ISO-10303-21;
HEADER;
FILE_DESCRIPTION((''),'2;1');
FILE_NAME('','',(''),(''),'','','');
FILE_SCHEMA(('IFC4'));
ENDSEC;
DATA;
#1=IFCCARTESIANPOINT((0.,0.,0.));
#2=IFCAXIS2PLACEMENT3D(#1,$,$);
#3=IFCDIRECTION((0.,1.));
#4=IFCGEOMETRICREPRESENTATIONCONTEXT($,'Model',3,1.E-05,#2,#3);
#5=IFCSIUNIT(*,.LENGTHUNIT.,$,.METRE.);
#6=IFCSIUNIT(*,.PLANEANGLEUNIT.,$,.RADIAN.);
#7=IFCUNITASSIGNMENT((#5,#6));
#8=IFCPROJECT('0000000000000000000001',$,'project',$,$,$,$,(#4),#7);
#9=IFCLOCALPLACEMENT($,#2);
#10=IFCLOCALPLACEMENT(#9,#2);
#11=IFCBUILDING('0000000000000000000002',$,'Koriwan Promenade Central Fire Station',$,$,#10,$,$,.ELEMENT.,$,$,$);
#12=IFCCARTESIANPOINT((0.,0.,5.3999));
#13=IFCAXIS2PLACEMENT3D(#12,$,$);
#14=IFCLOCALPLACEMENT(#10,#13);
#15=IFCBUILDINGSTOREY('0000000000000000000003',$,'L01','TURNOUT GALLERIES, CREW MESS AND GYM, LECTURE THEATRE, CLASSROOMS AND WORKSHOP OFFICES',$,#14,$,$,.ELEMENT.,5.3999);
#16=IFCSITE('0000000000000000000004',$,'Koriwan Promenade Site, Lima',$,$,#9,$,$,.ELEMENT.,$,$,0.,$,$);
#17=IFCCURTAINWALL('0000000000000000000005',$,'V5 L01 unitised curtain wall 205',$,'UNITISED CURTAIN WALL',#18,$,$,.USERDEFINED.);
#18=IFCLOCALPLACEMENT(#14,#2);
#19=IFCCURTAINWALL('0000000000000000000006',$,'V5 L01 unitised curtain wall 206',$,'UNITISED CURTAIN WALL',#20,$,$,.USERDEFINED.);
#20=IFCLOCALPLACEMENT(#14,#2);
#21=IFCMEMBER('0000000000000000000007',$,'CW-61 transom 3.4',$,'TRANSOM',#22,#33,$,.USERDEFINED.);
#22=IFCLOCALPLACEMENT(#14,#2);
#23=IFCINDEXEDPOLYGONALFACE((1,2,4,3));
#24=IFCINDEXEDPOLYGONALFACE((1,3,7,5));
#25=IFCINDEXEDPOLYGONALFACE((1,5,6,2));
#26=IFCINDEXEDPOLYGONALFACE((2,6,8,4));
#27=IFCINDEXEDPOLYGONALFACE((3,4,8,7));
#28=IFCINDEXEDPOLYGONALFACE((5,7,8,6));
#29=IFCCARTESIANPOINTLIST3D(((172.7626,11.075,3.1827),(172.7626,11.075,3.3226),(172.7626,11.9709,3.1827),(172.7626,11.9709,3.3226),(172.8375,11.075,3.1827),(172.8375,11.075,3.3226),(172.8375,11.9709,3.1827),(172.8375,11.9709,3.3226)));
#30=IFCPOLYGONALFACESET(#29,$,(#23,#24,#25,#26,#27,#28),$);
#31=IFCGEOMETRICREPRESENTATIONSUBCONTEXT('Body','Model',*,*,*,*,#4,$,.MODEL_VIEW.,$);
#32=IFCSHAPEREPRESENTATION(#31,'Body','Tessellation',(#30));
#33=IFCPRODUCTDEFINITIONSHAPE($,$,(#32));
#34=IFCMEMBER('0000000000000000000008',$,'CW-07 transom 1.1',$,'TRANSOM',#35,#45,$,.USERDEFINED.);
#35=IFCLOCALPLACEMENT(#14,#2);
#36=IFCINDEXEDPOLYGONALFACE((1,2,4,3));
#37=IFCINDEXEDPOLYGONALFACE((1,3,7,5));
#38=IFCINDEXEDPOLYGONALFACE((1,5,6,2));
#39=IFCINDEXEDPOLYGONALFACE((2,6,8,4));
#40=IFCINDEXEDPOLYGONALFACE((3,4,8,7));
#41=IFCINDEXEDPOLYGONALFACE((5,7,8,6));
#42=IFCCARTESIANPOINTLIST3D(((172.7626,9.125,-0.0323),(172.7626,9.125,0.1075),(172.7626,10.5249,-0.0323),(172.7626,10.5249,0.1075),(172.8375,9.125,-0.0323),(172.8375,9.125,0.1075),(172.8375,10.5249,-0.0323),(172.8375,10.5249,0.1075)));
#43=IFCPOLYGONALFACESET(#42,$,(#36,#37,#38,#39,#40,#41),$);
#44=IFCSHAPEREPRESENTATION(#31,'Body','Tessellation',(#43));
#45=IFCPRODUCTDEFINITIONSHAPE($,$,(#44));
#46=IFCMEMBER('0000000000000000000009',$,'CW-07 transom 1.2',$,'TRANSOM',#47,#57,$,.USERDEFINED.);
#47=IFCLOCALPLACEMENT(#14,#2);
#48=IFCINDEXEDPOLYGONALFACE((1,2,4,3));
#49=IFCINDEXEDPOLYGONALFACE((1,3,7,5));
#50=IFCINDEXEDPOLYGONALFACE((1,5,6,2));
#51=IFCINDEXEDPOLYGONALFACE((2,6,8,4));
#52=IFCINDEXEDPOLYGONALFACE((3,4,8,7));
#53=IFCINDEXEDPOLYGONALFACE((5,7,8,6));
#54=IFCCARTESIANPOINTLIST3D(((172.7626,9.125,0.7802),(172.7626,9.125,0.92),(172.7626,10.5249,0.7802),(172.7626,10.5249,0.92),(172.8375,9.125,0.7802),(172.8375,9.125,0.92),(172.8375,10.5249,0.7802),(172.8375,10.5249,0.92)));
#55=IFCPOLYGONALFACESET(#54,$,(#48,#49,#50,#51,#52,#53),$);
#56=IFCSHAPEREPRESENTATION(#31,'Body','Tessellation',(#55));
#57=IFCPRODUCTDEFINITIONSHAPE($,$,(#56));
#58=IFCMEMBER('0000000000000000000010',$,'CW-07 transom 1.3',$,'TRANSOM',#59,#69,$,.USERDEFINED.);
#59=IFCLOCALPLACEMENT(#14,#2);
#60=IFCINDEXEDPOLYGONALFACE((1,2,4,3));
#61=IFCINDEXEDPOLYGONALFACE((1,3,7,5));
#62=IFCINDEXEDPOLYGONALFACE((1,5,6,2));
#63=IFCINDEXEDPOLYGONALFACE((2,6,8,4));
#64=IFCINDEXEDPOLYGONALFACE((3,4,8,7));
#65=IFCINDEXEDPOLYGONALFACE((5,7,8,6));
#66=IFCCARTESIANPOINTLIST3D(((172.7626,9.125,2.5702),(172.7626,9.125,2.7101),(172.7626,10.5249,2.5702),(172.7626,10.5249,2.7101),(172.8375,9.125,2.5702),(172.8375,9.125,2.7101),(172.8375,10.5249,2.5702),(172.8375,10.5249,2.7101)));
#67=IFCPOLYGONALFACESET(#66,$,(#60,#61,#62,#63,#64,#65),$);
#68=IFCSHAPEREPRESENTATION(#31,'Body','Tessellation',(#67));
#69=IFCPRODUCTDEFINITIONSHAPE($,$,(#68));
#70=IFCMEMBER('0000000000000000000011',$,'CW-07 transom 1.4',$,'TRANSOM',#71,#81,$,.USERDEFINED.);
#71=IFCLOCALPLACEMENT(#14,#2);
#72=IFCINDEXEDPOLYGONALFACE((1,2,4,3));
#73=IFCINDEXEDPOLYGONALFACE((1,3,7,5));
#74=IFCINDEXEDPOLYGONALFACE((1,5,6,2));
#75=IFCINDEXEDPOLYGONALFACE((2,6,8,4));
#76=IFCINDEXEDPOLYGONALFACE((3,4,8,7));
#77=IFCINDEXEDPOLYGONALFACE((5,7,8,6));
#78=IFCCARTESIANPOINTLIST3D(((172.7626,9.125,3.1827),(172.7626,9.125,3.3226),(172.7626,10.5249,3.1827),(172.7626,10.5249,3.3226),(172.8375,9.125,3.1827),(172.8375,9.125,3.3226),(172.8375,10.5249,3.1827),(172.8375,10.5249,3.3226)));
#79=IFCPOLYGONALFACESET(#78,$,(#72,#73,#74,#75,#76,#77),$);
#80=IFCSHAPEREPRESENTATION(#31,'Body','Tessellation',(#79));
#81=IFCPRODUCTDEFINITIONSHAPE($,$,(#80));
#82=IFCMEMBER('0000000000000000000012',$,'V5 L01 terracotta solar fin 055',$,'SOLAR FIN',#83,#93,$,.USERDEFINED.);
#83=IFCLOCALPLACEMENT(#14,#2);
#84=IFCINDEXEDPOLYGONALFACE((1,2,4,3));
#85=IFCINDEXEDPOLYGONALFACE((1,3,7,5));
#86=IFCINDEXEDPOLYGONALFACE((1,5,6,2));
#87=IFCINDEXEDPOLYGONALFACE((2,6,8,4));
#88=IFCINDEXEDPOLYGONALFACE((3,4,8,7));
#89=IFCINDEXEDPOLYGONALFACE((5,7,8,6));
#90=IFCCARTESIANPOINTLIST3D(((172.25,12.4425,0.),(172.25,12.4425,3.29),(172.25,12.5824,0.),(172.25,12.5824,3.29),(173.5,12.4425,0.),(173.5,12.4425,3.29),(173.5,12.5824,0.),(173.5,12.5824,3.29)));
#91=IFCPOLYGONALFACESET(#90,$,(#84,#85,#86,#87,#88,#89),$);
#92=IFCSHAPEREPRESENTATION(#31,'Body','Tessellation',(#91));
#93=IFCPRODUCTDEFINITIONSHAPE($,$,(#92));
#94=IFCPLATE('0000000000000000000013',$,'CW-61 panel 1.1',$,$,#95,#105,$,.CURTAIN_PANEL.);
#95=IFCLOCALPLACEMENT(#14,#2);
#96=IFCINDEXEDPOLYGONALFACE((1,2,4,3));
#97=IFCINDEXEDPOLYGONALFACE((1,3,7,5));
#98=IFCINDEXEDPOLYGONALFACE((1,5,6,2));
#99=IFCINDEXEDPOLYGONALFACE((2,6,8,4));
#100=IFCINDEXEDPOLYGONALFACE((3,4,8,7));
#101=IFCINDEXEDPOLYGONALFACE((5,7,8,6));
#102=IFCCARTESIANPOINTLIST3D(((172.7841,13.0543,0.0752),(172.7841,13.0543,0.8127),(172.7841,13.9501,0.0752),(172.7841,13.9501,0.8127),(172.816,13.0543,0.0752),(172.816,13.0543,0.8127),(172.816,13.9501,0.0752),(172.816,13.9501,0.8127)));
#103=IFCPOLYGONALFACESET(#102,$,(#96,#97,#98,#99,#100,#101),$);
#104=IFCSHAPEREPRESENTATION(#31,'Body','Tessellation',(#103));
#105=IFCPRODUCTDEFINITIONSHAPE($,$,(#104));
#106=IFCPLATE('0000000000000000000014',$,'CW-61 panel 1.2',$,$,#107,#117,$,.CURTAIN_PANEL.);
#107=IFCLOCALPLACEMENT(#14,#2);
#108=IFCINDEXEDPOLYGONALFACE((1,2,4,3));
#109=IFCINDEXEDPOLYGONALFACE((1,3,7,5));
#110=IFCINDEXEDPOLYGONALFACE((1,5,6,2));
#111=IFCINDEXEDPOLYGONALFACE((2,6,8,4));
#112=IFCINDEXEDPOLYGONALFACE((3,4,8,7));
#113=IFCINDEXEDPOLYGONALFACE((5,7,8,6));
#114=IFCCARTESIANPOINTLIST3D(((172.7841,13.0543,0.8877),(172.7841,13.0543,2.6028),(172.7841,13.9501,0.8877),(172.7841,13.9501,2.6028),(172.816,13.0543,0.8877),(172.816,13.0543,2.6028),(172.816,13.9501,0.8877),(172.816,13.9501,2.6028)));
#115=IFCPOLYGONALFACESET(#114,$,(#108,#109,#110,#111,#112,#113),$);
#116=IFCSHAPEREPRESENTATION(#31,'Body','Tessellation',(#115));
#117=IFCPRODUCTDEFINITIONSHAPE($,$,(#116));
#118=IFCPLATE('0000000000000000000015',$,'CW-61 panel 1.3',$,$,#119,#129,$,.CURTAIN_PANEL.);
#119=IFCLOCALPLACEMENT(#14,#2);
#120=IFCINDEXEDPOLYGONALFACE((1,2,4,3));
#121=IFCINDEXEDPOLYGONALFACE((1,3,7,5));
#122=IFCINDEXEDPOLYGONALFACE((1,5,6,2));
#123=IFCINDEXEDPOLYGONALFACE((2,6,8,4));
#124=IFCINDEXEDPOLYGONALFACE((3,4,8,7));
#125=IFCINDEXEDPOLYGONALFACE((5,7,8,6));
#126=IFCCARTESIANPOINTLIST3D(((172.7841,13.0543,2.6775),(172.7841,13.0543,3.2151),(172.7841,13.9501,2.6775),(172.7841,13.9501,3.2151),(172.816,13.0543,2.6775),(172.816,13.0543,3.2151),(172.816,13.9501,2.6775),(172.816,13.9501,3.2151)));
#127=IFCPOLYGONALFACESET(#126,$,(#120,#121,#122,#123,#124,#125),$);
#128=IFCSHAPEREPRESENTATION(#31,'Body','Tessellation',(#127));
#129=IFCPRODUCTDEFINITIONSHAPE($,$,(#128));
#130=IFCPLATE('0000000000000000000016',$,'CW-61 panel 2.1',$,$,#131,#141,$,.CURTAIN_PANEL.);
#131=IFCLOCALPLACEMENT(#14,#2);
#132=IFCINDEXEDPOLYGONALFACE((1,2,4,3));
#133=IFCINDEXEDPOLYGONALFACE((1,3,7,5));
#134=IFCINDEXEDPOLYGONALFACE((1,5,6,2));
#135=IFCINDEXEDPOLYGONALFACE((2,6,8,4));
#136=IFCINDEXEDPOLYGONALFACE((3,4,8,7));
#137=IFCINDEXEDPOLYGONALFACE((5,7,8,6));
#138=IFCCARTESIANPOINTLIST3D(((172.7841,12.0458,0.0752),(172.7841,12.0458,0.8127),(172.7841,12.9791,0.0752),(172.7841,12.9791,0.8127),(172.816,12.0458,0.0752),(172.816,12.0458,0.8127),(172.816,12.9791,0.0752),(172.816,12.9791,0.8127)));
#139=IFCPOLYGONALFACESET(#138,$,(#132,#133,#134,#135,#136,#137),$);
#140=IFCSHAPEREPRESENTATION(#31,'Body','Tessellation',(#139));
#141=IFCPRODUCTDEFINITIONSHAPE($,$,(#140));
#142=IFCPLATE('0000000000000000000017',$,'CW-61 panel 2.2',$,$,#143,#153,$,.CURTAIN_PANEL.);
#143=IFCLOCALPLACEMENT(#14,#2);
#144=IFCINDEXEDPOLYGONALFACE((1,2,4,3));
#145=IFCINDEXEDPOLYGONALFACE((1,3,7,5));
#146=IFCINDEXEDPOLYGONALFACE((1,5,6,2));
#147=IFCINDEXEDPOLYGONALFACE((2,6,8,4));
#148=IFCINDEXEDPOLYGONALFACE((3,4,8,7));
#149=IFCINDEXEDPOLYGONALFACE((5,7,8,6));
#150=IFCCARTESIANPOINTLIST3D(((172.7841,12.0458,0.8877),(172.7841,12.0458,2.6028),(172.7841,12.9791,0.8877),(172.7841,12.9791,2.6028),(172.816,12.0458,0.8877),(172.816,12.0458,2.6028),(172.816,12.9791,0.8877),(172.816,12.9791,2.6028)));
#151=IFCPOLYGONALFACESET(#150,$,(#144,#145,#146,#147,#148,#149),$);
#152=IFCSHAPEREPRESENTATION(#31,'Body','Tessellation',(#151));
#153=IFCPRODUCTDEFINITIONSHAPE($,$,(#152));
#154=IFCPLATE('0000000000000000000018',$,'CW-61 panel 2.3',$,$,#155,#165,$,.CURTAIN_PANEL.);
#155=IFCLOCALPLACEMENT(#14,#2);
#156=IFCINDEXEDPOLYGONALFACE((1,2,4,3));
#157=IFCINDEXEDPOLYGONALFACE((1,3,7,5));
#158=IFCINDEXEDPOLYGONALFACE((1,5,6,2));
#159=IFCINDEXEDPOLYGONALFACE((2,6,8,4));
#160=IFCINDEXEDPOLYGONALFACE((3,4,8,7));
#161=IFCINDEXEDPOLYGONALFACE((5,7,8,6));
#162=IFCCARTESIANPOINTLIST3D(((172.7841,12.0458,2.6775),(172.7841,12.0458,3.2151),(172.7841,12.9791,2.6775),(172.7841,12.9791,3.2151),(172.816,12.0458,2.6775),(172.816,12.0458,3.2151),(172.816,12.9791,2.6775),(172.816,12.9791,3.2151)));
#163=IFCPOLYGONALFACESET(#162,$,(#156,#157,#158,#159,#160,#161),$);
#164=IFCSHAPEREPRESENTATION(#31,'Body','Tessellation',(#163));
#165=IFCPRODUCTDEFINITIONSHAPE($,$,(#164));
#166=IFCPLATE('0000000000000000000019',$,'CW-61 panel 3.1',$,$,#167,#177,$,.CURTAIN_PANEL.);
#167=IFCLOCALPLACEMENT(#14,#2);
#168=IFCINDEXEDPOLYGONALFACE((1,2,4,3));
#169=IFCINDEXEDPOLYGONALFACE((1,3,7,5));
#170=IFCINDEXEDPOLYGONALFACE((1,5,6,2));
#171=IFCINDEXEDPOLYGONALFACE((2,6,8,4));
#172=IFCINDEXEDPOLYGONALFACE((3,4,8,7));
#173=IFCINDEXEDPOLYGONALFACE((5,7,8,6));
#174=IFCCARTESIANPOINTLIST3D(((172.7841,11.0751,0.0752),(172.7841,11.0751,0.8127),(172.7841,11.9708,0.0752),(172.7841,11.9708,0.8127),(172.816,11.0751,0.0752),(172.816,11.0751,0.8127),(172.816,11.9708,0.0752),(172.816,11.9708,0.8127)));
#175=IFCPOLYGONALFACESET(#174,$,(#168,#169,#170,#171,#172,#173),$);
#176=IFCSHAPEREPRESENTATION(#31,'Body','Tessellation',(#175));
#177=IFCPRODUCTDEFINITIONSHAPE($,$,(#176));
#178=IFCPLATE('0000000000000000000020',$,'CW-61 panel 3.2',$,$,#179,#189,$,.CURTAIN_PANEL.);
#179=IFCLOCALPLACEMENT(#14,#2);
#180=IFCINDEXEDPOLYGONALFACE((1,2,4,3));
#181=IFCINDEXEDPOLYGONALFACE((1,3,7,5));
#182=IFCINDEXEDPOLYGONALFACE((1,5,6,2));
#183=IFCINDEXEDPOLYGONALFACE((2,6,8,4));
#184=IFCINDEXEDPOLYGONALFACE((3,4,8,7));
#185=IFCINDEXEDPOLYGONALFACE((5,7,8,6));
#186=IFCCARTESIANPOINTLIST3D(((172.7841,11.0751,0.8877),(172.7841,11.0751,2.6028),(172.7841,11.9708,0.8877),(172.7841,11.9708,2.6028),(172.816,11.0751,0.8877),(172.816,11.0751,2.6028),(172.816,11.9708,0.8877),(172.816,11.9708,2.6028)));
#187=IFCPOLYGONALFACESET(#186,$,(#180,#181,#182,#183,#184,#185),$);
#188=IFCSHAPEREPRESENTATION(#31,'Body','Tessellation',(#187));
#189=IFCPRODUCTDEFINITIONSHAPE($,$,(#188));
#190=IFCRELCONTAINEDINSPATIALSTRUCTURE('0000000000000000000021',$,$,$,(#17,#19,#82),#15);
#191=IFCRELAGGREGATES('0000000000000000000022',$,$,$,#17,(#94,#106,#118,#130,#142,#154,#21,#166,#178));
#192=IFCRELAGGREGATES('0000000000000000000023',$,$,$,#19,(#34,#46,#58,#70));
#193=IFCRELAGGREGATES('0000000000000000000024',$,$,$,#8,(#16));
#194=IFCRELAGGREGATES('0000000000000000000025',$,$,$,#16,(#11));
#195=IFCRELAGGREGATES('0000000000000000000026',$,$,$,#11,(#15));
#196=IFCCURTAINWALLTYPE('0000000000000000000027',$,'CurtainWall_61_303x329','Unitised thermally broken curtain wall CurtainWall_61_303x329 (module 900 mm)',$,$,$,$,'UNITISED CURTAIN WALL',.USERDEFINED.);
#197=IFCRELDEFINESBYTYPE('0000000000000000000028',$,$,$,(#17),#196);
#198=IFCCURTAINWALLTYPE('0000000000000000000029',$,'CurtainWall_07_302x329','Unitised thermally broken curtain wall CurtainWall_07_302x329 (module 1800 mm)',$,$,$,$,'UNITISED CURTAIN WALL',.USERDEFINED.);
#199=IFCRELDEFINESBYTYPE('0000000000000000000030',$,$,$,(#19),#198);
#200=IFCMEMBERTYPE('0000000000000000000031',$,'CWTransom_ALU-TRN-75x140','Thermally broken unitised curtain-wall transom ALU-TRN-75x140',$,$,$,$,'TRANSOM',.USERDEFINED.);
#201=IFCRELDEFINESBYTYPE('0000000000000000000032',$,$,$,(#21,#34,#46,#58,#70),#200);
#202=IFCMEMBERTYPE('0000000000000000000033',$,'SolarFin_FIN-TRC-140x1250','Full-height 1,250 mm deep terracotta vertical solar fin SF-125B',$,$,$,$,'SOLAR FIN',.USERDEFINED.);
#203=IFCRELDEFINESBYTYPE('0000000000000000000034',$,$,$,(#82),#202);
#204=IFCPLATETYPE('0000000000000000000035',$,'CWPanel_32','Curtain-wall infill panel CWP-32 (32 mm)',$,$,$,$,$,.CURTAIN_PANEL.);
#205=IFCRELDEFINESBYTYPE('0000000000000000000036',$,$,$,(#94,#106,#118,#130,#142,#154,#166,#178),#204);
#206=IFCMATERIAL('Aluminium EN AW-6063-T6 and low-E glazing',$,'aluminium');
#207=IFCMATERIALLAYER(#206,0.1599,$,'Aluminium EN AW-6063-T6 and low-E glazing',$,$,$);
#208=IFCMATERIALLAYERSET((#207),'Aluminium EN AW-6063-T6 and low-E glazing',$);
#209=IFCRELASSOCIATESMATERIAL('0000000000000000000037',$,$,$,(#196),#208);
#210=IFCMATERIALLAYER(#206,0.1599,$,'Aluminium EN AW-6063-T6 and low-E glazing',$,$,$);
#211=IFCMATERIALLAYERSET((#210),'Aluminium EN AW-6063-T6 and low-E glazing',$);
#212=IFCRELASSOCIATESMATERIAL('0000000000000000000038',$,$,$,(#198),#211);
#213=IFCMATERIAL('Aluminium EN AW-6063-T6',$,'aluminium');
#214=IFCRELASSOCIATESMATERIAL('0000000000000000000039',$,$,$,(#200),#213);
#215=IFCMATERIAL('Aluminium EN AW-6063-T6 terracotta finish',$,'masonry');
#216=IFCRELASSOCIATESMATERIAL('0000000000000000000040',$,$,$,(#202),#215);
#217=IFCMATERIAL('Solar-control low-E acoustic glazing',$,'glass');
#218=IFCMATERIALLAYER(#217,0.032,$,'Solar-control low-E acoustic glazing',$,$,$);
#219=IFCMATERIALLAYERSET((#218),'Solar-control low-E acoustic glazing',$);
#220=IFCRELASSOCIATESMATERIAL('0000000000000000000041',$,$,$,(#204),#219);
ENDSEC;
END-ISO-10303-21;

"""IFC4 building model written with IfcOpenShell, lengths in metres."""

from ifc_helpers import new_model, si_unit, direction, frame, origin, origin_2d, place, context, subcontext, project, spatial, rectangle, extrude, material, layer, layer_set, material_profile, profile_set, type_object, element, aggregate, save


model = new_model("IFC4")

# Units and contexts
model_context = context("Model", 3, precision=1e-05, world=origin(), true_north=direction((0.0, 1.0)))
body_context = subcontext(model_context, "Body", "Model", "MODEL_VIEW")
ifc_project = project(units=[si_unit("LENGTHUNIT", "METRE"), si_unit("PLANEANGLEUNIT", "RADIAN")], contexts=[model_context])

# Site, building, storey
site_placement = place(None, origin())
site = spatial("IfcSite", under=ifc_project, at=site_placement, Name="Koriwan Promenade Site, Lima", CompositionType="ELEMENT", RefElevation=0.0)
building_placement = place(site_placement, origin())
building = spatial("IfcBuilding", under=site, at=building_placement, Name="Koriwan Promenade Central Fire Station", CompositionType="ELEMENT")
storey_placement = place(building_placement, frame((0.0, 0.0, 5.3999)))
storey = spatial("IfcBuildingStorey", under=building, at=storey_placement, Name="L01", Description="TURNOUT GALLERIES, CREW MESS AND GYM, LECTURE THEATRE, CLASSROOMS AND WORKSHOP OFFICES", CompositionType="ELEMENT", Elevation=5.3999)

# Curtain wall
ifc_material_1 = material(Name="Aluminium EN AW-6063-T6 and low-E glazing", Category="aluminium")
ifc_layer_1 = layer(ifc_material_1, 0.1599, Name="Aluminium EN AW-6063-T6 and low-E glazing")
ifc_layer_set_1 = layer_set([ifc_layer_1], Name="Aluminium EN AW-6063-T6 and low-E glazing")
curtain_wall_type_1 = type_object("IfcCurtainWallType", Name="CurtainWall_61_303x329", Description="Unitised thermally broken curtain wall CurtainWall_61_303x329 (module 900 mm)", ElementType="UNITISED CURTAIN WALL", PredefinedType="USERDEFINED", material=ifc_layer_set_1)
curtain_wall_1_placement = place(storey_placement, origin())
curtain_wall_1 = element("IfcCurtainWall", 1, at=curtain_wall_1_placement, inside=storey, type_object=curtain_wall_type_1, Name="V5 L01 unitised curtain wall 205", ObjectType="UNITISED CURTAIN WALL", PredefinedType="USERDEFINED")
ifc_material_2 = material(Name="Aluminium EN AW-6063-T6", Category="aluminium")

# Curtain wall
ifc_layer_2 = layer(ifc_material_1, 0.1599, Name="Aluminium EN AW-6063-T6 and low-E glazing")
ifc_layer_set_2 = layer_set([ifc_layer_2], Name="Aluminium EN AW-6063-T6 and low-E glazing")
curtain_wall_type_2 = type_object("IfcCurtainWallType", Name="CurtainWall_07_302x329", Description="Unitised thermally broken curtain wall CurtainWall_07_302x329 (module 1800 mm)", ElementType="UNITISED CURTAIN WALL", PredefinedType="USERDEFINED", material=ifc_layer_set_2)
curtain_wall_2_placement = place(storey_placement, origin())
curtain_wall_2 = element("IfcCurtainWall", 2, at=curtain_wall_2_placement, inside=storey, type_object=curtain_wall_type_2, Name="V5 L01 unitised curtain wall 206", ObjectType="UNITISED CURTAIN WALL", PredefinedType="USERDEFINED")

# Members
ifc_material_profile_1 = material_profile(ifc_material_2, rectangle(XDim=0.075, YDim=0.1399, at=origin_2d()), Name="ALU-TRN-75x140")
ifc_profile_set_1 = profile_set([ifc_material_profile_1], Name="Aluminium EN AW-6063-T6")
member_type_1 = type_object("IfcMemberType", Name="CWTransom_ALU-TRN-75x140", Description="Thermally broken unitised curtain-wall transom ALU-TRN-75x140", ElementType="TRANSOM", PredefinedType="USERDEFINED", material=ifc_profile_set_1)
member_1_placement = place(storey_placement, frame((172.8, 11.9709, 3.2527), z_axis=(0.0, -1.0, 0.0), x_axis=(1.0, 0.0, 0.0)))
member_1 = element("IfcMember", 3, at=member_1_placement, type_object=member_type_1, Name="CW-61 transom 3.4", ObjectType="TRANSOM", PredefinedType="USERDEFINED", context=body_context, shape_type="SweptSolid", body=[
    extrude(rectangle(XDim=0.075, YDim=0.1399, at=origin_2d()), origin(), (0.0, 0.0, 1.0), 0.896),
])
member_2_placement = place(storey_placement, frame((172.8, 10.5249, 0.0376), z_axis=(0.0, -1.0, 0.0), x_axis=(1.0, 0.0, 0.0)))
member_2 = element("IfcMember", 4, at=member_2_placement, type_object=member_type_1, Name="CW-07 transom 1.1", ObjectType="TRANSOM", PredefinedType="USERDEFINED", context=body_context, shape_type="SweptSolid", body=[
    extrude(rectangle(XDim=0.075, YDim=0.1399, at=origin_2d()), origin(), (0.0, 0.0, 1.0), 1.3999),
])
member_3_placement = place(storey_placement, frame((172.8, 10.5249, 0.8501), z_axis=(0.0, -1.0, 0.0), x_axis=(1.0, 0.0, 0.0)))
member_3 = element("IfcMember", 5, at=member_3_placement, type_object=member_type_1, Name="CW-07 transom 1.2", ObjectType="TRANSOM", PredefinedType="USERDEFINED", context=body_context, shape_type="SweptSolid", body=[
    extrude(rectangle(XDim=0.075, YDim=0.1399, at=origin_2d()), origin(), (0.0, 0.0, 1.0), 1.3999),
])
member_4_placement = place(storey_placement, frame((172.8, 10.5249, 2.6401), z_axis=(0.0, -1.0, 0.0), x_axis=(1.0, 0.0, 0.0)))
member_4 = element("IfcMember", 6, at=member_4_placement, type_object=member_type_1, Name="CW-07 transom 1.3", ObjectType="TRANSOM", PredefinedType="USERDEFINED", context=body_context, shape_type="SweptSolid", body=[
    extrude(rectangle(XDim=0.075, YDim=0.1399, at=origin_2d()), origin(), (0.0, 0.0, 1.0), 1.3999),
])
member_5_placement = place(storey_placement, frame((172.8, 10.5249, 3.2527), z_axis=(0.0, -1.0, 0.0), x_axis=(1.0, 0.0, 0.0)))
member_5 = element("IfcMember", 7, at=member_5_placement, type_object=member_type_1, Name="CW-07 transom 1.4", ObjectType="TRANSOM", PredefinedType="USERDEFINED", context=body_context, shape_type="SweptSolid", body=[
    extrude(rectangle(XDim=0.075, YDim=0.1399, at=origin_2d()), origin(), (0.0, 0.0, 1.0), 1.3999),
])
ifc_material_3 = material(Name="Aluminium EN AW-6063-T6 terracotta finish", Category="masonry")
ifc_material_profile_2 = material_profile(ifc_material_3, rectangle(XDim=0.1399, YDim=1.25, at=origin_2d()), Name="FIN-TRC-140x1250")
ifc_profile_set_2 = profile_set([ifc_material_profile_2], Name="Aluminium EN AW-6063-T6 terracotta finish")
member_type_2 = type_object("IfcMemberType", Name="SolarFin_FIN-TRC-140x1250", Description="Full-height 1,250 mm deep terracotta vertical solar fin SF-125B", ElementType="SOLAR FIN", PredefinedType="USERDEFINED", material=ifc_profile_set_2)
member_6_placement = place(storey_placement, frame((172.875, 12.5125, 0.0), z_axis=(0.0, 0.0, 1.0), x_axis=(0.0, -1.0, 0.0)))
element("IfcMember", 8, at=member_6_placement, inside=storey, type_object=member_type_2, Name="V5 L01 terracotta solar fin 055", ObjectType="SOLAR FIN", PredefinedType="USERDEFINED", context=body_context, shape_type="SweptSolid", body=[
    extrude(rectangle(XDim=0.1399, YDim=1.25, at=origin_2d()), origin(), (0.0, 0.0, 1.0), 3.29),
])

# Plates
ifc_material_4 = material(Name="Solar-control low-E acoustic glazing", Category="glass")
ifc_layer_3 = layer(ifc_material_4, 0.032, Name="Solar-control low-E acoustic glazing")
ifc_layer_set_3 = layer_set([ifc_layer_3], Name="Solar-control low-E acoustic glazing")
plate_type = type_object("IfcPlateType", Name="CWPanel_32", Description="Curtain-wall infill panel CWP-32 (32 mm)", PredefinedType="CURTAIN_PANEL", material=ifc_layer_set_3)
plate_1_placement = place(storey_placement, frame((172.8, 13.5022, 0.0752), z_axis=(0.0, 0.0, 1.0), x_axis=(0.0, -1.0, 0.0)))
plate_1 = element("IfcPlate", 9, at=plate_1_placement, type_object=plate_type, Name="CW-61 panel 1.1", PredefinedType="CURTAIN_PANEL", context=body_context, shape_type="SweptSolid", body=[
    extrude(rectangle(XDim=0.8958, YDim=0.032, at=origin_2d()), origin(), (0.0, 0.0, 1.0), 0.7375),
])
plate_2_placement = place(storey_placement, frame((172.8, 13.5022, 0.8877), z_axis=(0.0, 0.0, 1.0), x_axis=(0.0, -1.0, 0.0)))
plate_2 = element("IfcPlate", 10, at=plate_2_placement, type_object=plate_type, Name="CW-61 panel 1.2", PredefinedType="CURTAIN_PANEL", context=body_context, shape_type="SweptSolid", body=[
    extrude(rectangle(XDim=0.8958, YDim=0.032, at=origin_2d()), origin(), (0.0, 0.0, 1.0), 1.7151),
])
plate_3_placement = place(storey_placement, frame((172.8, 13.5022, 2.6775), z_axis=(0.0, 0.0, 1.0), x_axis=(0.0, -1.0, 0.0)))
plate_3 = element("IfcPlate", 11, at=plate_3_placement, type_object=plate_type, Name="CW-61 panel 1.3", PredefinedType="CURTAIN_PANEL", context=body_context, shape_type="SweptSolid", body=[
    extrude(rectangle(XDim=0.8958, YDim=0.032, at=origin_2d()), origin(), (0.0, 0.0, 1.0), 0.5376),
])
plate_4_placement = place(storey_placement, frame((172.8, 12.5125, 0.0752), z_axis=(0.0, 0.0, 1.0), x_axis=(0.0, -1.0, 0.0)))
plate_4 = element("IfcPlate", 12, at=plate_4_placement, type_object=plate_type, Name="CW-61 panel 2.1", PredefinedType="CURTAIN_PANEL", context=body_context, shape_type="SweptSolid", body=[
    extrude(rectangle(XDim=0.9333, YDim=0.032, at=origin_2d()), origin(), (0.0, 0.0, 1.0), 0.7375),
])
plate_5_placement = place(storey_placement, frame((172.8, 12.5125, 0.8877), z_axis=(0.0, 0.0, 1.0), x_axis=(0.0, -1.0, 0.0)))
plate_5 = element("IfcPlate", 13, at=plate_5_placement, type_object=plate_type, Name="CW-61 panel 2.2", PredefinedType="CURTAIN_PANEL", context=body_context, shape_type="SweptSolid", body=[
    extrude(rectangle(XDim=0.9333, YDim=0.032, at=origin_2d()), origin(), (0.0, 0.0, 1.0), 1.7151),
])
plate_6_placement = place(storey_placement, frame((172.8, 12.5125, 2.6775), z_axis=(0.0, 0.0, 1.0), x_axis=(0.0, -1.0, 0.0)))
plate_6 = element("IfcPlate", 14, at=plate_6_placement, type_object=plate_type, Name="CW-61 panel 2.3", PredefinedType="CURTAIN_PANEL", context=body_context, shape_type="SweptSolid", body=[
    extrude(rectangle(XDim=0.9333, YDim=0.032, at=origin_2d()), origin(), (0.0, 0.0, 1.0), 0.5376),
])
plate_7_placement = place(storey_placement, frame((172.8, 11.5229, 0.0752), z_axis=(0.0, 0.0, 1.0), x_axis=(0.0, -1.0, 0.0)))
plate_7 = element("IfcPlate", 15, at=plate_7_placement, type_object=plate_type, Name="CW-61 panel 3.1", PredefinedType="CURTAIN_PANEL", context=body_context, shape_type="SweptSolid", body=[
    extrude(rectangle(XDim=0.8958, YDim=0.032, at=origin_2d()), origin(), (0.0, 0.0, 1.0), 0.7375),
])
plate_8_placement = place(storey_placement, frame((172.8, 11.5229, 0.8877), z_axis=(0.0, 0.0, 1.0), x_axis=(0.0, -1.0, 0.0)))
plate_8 = element("IfcPlate", 16, at=plate_8_placement, type_object=plate_type, Name="CW-61 panel 3.2", PredefinedType="CURTAIN_PANEL", context=body_context, shape_type="SweptSolid", body=[
    extrude(rectangle(XDim=0.8958, YDim=0.032, at=origin_2d()), origin(), (0.0, 0.0, 1.0), 1.7151),
])
aggregate(curtain_wall_1, [plate_1, plate_2, plate_3, plate_4, plate_5, plate_6, member_1, plate_7, plate_8])
aggregate(curtain_wall_2, [member_2, member_3, member_4, member_5])

save(model, "model.ifc")
